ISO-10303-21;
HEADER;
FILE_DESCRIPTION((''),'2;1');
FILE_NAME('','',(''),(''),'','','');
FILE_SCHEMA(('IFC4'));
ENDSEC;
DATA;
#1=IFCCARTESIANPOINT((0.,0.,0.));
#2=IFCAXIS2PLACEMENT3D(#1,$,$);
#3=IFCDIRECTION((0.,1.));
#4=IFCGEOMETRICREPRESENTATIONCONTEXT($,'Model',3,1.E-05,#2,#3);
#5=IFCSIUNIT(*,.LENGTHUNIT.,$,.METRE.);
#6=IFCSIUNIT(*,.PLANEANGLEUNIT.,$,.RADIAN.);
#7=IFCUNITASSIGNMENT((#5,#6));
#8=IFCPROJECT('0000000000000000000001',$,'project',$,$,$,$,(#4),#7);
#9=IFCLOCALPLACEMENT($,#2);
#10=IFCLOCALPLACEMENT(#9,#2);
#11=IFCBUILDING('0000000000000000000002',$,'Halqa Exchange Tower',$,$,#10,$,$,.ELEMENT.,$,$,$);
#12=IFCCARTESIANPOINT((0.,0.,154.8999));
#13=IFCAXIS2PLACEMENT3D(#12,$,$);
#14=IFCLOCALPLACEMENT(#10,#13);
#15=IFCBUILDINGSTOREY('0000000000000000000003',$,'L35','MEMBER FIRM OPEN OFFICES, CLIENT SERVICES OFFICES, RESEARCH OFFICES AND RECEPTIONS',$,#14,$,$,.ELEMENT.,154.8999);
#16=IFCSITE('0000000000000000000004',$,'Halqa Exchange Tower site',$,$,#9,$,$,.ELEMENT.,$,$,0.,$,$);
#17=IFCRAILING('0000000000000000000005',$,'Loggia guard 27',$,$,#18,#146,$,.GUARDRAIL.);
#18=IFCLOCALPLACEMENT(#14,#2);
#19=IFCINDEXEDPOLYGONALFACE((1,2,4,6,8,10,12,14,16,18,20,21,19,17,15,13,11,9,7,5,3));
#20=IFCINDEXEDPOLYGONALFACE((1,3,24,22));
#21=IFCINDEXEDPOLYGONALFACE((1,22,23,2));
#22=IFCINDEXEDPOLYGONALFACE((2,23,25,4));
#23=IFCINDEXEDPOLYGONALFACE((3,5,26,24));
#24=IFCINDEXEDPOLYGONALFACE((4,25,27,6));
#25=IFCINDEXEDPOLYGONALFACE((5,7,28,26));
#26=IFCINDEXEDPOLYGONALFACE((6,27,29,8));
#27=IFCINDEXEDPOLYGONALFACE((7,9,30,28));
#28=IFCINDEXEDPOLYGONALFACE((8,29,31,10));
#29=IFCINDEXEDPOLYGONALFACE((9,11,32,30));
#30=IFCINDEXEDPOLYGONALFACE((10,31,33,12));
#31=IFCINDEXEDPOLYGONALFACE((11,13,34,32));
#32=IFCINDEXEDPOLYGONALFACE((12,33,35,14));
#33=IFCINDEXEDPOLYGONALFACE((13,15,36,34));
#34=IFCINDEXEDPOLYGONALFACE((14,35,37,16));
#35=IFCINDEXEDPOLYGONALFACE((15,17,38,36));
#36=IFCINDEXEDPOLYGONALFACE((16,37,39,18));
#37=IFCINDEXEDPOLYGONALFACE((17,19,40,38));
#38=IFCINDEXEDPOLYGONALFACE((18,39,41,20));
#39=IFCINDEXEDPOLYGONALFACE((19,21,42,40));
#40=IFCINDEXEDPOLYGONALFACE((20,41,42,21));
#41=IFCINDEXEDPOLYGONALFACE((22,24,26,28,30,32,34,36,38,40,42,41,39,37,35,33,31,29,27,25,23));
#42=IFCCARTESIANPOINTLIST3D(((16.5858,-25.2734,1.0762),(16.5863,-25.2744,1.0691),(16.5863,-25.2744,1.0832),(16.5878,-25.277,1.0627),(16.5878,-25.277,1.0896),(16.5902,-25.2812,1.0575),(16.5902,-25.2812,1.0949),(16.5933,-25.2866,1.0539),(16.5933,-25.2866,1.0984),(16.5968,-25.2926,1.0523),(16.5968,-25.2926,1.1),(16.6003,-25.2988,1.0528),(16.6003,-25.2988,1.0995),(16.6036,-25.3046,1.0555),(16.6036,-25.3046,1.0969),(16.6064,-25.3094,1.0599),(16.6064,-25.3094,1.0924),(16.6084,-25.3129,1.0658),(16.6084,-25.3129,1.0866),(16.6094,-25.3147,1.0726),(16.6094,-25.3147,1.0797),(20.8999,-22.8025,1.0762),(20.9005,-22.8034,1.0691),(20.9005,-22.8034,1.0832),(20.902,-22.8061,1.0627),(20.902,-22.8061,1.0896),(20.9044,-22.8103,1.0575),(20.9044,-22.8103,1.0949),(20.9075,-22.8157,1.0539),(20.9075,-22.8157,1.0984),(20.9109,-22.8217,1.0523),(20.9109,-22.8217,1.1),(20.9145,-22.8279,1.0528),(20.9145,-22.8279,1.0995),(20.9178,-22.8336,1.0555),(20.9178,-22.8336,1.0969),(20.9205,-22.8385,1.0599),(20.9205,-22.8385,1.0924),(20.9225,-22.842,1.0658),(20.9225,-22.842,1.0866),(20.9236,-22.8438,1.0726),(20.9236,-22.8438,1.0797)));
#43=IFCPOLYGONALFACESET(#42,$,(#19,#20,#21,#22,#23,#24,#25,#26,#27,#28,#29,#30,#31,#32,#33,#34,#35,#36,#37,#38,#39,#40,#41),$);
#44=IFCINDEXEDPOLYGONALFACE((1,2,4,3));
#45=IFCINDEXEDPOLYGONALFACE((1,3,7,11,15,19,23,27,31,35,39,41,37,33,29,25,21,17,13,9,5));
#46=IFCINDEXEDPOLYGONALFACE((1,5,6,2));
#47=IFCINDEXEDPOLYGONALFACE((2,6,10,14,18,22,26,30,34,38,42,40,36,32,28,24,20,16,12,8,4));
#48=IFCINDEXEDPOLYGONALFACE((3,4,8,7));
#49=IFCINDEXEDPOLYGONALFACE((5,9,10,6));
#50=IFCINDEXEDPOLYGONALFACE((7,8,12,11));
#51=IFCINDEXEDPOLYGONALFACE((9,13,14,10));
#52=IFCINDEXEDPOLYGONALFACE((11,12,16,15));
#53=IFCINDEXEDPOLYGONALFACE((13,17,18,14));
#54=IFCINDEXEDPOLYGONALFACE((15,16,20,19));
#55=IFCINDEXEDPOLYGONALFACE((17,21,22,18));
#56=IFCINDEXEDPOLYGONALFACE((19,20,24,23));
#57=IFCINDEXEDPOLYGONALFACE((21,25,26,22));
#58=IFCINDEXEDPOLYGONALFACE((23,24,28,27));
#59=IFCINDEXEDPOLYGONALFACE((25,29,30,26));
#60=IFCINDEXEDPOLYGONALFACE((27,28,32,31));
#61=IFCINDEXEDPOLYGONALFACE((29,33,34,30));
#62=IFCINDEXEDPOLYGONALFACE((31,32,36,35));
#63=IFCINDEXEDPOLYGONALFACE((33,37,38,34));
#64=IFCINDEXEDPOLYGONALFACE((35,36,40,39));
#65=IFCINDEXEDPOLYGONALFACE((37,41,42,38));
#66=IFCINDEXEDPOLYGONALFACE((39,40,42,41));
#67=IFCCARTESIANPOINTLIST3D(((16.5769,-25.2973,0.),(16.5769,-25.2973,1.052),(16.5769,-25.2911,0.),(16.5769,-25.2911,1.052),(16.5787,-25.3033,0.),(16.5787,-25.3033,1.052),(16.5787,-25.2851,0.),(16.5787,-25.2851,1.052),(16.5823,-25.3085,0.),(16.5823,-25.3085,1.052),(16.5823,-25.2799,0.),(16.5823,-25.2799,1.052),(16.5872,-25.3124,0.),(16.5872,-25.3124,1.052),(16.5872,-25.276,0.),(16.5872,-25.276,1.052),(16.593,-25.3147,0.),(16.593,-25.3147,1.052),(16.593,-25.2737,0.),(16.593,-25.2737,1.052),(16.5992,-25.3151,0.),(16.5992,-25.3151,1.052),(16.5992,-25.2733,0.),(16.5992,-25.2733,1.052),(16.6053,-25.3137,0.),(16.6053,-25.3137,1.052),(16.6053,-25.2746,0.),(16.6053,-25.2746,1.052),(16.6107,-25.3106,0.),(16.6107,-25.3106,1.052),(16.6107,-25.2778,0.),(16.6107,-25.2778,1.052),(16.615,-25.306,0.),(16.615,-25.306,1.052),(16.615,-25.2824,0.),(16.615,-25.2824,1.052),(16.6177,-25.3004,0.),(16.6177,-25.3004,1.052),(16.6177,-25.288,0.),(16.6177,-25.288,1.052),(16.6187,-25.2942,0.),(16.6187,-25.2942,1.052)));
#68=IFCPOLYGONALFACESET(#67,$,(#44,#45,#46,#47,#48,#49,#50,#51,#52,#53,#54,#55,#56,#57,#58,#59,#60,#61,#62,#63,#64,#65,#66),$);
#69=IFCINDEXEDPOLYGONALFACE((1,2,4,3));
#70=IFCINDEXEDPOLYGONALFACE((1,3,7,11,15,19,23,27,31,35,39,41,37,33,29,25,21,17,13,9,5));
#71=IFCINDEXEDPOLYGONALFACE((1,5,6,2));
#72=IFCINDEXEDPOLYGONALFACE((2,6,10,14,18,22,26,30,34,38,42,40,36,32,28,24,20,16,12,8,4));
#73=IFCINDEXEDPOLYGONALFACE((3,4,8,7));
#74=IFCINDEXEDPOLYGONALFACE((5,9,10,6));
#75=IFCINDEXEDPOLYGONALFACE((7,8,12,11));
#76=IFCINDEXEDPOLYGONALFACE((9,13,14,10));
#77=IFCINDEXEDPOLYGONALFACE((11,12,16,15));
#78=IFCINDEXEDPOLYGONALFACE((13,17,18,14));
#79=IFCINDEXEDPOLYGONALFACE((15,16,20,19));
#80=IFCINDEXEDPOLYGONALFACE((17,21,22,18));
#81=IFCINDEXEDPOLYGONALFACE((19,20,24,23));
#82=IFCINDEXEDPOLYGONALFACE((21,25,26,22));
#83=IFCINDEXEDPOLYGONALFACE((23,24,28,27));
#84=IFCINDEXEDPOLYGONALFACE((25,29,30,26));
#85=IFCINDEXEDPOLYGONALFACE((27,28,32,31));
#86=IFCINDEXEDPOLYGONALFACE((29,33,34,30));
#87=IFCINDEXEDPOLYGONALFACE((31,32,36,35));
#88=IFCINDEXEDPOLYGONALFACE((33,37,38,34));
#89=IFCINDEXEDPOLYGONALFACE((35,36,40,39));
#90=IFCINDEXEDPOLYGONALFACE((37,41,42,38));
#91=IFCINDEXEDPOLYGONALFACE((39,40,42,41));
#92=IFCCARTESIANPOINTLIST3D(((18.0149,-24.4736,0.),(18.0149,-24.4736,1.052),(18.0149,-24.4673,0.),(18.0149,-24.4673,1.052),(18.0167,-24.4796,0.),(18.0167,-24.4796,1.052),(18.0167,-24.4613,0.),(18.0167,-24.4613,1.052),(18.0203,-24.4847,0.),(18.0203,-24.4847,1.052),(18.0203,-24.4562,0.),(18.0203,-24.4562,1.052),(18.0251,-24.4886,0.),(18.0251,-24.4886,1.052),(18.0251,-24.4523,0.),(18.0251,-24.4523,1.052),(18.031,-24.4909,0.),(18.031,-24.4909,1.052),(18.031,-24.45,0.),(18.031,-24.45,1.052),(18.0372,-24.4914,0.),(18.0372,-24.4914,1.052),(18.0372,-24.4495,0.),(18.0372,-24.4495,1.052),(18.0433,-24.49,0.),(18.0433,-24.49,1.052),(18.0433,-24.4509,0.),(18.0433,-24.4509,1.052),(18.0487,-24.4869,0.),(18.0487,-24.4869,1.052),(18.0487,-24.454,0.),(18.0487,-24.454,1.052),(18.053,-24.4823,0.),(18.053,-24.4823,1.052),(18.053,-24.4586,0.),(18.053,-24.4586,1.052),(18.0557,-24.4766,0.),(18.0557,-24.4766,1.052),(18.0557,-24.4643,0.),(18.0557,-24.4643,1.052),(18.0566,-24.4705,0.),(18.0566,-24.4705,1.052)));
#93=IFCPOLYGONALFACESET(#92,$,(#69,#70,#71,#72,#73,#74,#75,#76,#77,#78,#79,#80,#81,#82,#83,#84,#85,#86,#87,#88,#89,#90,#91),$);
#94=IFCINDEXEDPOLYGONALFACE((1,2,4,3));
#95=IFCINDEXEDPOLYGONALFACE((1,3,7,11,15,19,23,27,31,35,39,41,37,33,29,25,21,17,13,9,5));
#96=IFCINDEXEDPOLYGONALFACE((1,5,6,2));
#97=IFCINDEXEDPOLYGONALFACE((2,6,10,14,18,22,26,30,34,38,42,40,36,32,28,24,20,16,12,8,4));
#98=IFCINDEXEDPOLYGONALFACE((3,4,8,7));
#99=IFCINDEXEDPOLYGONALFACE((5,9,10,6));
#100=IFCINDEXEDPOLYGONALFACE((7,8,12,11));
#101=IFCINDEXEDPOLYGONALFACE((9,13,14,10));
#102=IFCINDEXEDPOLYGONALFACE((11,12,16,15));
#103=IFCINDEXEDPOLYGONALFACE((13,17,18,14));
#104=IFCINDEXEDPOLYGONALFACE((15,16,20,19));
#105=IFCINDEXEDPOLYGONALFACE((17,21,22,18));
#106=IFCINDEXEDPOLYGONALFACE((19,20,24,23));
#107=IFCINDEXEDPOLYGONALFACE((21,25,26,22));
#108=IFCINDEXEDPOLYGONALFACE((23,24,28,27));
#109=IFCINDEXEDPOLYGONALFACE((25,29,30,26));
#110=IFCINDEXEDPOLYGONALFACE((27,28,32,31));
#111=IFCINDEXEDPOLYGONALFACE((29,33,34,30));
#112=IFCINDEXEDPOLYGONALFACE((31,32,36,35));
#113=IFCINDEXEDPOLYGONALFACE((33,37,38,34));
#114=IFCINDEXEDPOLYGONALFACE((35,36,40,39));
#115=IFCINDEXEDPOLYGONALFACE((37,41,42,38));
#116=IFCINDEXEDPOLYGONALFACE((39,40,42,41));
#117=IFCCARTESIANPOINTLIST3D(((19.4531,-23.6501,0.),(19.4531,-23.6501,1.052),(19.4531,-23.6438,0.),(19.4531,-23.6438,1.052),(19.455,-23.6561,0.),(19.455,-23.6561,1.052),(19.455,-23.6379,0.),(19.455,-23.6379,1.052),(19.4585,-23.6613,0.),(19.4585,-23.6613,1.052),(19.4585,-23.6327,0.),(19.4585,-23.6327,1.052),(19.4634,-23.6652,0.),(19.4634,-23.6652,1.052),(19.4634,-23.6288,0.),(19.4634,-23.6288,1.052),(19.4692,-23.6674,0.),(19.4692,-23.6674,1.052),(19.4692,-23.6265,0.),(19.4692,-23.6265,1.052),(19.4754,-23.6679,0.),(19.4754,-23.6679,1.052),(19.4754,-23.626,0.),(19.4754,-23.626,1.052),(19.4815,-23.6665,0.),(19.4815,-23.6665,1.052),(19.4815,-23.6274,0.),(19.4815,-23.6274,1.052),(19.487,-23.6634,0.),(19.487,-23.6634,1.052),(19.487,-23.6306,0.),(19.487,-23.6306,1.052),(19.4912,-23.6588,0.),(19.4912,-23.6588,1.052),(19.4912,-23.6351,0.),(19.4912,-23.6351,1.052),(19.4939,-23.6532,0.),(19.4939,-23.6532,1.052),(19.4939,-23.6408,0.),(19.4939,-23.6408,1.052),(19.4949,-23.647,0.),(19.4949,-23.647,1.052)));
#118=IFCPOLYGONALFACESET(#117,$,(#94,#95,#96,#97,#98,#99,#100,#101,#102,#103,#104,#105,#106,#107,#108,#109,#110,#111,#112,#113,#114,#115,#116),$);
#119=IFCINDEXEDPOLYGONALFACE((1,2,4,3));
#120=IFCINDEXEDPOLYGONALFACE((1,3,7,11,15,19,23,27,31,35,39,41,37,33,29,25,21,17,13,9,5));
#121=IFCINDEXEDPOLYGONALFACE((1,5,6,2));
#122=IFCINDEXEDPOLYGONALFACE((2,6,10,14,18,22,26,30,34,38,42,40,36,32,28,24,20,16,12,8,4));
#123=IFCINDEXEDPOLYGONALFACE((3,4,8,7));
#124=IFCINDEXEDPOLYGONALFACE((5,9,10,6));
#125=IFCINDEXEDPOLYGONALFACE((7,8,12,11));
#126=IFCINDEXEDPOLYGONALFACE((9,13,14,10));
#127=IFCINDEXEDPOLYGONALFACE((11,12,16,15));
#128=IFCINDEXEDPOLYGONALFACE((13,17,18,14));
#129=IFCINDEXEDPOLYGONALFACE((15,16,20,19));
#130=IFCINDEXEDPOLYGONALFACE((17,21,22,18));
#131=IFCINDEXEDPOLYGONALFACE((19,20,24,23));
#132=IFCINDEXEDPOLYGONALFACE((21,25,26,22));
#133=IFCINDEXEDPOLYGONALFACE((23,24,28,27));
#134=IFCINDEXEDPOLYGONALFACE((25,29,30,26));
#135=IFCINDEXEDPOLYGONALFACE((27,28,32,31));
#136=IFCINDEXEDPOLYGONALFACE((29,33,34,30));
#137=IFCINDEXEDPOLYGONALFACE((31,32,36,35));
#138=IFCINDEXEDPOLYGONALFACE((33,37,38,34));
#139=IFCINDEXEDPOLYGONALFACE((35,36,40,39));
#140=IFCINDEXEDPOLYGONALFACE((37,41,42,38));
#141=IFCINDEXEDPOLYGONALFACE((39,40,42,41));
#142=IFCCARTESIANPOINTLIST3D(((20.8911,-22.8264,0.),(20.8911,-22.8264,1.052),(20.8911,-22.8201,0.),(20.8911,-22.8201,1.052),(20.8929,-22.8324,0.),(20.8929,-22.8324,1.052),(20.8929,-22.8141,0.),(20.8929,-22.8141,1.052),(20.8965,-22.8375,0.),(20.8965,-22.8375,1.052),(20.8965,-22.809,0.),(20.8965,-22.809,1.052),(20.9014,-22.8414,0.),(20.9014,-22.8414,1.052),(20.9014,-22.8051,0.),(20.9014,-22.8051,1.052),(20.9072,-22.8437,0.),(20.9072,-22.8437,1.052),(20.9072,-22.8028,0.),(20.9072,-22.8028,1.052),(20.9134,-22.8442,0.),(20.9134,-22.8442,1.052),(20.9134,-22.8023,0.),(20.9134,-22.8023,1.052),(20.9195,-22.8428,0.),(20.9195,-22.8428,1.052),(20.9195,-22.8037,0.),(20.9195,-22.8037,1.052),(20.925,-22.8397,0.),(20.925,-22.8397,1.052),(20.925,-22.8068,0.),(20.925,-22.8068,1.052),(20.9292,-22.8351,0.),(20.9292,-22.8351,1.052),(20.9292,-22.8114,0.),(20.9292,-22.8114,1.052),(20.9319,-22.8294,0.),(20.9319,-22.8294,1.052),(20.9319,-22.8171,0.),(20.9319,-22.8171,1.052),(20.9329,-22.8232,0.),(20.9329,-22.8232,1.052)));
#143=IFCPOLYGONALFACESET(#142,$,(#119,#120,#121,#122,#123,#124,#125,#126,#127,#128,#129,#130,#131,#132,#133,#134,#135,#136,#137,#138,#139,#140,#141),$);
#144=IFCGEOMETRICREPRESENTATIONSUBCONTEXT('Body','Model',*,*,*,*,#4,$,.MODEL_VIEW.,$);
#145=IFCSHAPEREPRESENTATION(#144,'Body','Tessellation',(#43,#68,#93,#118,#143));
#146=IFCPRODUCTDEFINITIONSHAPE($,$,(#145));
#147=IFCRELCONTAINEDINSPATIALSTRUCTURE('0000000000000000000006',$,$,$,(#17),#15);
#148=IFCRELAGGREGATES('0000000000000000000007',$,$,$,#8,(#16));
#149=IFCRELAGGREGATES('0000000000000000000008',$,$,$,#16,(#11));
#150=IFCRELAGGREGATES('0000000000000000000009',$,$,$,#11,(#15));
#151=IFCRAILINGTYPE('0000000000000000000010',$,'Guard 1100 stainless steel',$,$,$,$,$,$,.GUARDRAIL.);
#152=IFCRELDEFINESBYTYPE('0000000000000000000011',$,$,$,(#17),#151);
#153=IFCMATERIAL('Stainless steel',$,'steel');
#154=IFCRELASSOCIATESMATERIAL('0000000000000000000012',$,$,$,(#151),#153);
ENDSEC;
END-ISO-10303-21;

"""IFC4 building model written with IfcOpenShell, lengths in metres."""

from ifc_helpers import new_model, si_unit, direction, frame, origin, origin_2d, place, context, subcontext, project, spatial, circle, extrude, material, type_object, element, save


model = new_model("IFC4")

# Units and contexts
model_context = context("Model", 3, precision=1e-05, world=origin(), true_north=direction((0.0, 1.0)))
body_context = subcontext(model_context, "Body", "Model", "MODEL_VIEW")
ifc_project = project(units=[si_unit("LENGTHUNIT", "METRE"), si_unit("PLANEANGLEUNIT", "RADIAN")], contexts=[model_context])

# Site, building, storey
site_placement = place(None, origin())
site = spatial("IfcSite", under=ifc_project, at=site_placement, Name="Halqa Exchange Tower site", CompositionType="ELEMENT", RefElevation=0.0)
building_placement = place(site_placement, origin())
building = spatial("IfcBuilding", under=site, at=building_placement, Name="Halqa Exchange Tower", CompositionType="ELEMENT")
storey_placement = place(building_placement, frame((0.0, 0.0, 154.8999)))
storey = spatial("IfcBuildingStorey", under=building, at=storey_placement, Name="L35", Description="MEMBER FIRM OPEN OFFICES, CLIENT SERVICES OFFICES, RESEARCH OFFICES AND RECEPTIONS", CompositionType="ELEMENT", Elevation=154.8999)

# Railing
ifc_material_1 = material(Name="Stainless steel", Category="steel")
railing_type = type_object("IfcRailingType", Name="Guard 1100 stainless steel", PredefinedType="GUARDRAIL", material=ifc_material_1)
railing_1_placement = place(storey_placement, frame((16.5977, -25.2942, 0.0)))
element("IfcRailing", 1, at=railing_1_placement, inside=storey, type_object=railing_type, Name="Loggia guard 27", PredefinedType="GUARDRAIL", context=body_context, shape_type="SweptSolid", body=[
    extrude(circle(Radius=0.0239, at=origin_2d()), frame((0.0, 0.0, 1.0762), z_axis=(0.86775, 0.497001, 0.0), x_axis=(-0.497001, 0.86775, 0.0)), (0.0, 0.0, 1.0), 4.9717),
    extrude(circle(Radius=0.021, at=origin_2d()), origin(), (0.0, 0.0, 1.0), 1.052),
    extrude(circle(Radius=0.021, at=origin_2d()), frame((1.438, 0.8237, 0.0)), (0.0, 0.0, 1.0), 1.052),
    extrude(circle(Radius=0.021, at=origin_2d()), frame((2.8762, 1.6472, 0.0)), (0.0, 0.0, 1.0), 1.052),
    extrude(circle(Radius=0.021, at=origin_2d()), frame((4.3142, 2.4709, 0.0)), (0.0, 0.0, 1.0), 1.052),
])

save(model, "model.ifc")
